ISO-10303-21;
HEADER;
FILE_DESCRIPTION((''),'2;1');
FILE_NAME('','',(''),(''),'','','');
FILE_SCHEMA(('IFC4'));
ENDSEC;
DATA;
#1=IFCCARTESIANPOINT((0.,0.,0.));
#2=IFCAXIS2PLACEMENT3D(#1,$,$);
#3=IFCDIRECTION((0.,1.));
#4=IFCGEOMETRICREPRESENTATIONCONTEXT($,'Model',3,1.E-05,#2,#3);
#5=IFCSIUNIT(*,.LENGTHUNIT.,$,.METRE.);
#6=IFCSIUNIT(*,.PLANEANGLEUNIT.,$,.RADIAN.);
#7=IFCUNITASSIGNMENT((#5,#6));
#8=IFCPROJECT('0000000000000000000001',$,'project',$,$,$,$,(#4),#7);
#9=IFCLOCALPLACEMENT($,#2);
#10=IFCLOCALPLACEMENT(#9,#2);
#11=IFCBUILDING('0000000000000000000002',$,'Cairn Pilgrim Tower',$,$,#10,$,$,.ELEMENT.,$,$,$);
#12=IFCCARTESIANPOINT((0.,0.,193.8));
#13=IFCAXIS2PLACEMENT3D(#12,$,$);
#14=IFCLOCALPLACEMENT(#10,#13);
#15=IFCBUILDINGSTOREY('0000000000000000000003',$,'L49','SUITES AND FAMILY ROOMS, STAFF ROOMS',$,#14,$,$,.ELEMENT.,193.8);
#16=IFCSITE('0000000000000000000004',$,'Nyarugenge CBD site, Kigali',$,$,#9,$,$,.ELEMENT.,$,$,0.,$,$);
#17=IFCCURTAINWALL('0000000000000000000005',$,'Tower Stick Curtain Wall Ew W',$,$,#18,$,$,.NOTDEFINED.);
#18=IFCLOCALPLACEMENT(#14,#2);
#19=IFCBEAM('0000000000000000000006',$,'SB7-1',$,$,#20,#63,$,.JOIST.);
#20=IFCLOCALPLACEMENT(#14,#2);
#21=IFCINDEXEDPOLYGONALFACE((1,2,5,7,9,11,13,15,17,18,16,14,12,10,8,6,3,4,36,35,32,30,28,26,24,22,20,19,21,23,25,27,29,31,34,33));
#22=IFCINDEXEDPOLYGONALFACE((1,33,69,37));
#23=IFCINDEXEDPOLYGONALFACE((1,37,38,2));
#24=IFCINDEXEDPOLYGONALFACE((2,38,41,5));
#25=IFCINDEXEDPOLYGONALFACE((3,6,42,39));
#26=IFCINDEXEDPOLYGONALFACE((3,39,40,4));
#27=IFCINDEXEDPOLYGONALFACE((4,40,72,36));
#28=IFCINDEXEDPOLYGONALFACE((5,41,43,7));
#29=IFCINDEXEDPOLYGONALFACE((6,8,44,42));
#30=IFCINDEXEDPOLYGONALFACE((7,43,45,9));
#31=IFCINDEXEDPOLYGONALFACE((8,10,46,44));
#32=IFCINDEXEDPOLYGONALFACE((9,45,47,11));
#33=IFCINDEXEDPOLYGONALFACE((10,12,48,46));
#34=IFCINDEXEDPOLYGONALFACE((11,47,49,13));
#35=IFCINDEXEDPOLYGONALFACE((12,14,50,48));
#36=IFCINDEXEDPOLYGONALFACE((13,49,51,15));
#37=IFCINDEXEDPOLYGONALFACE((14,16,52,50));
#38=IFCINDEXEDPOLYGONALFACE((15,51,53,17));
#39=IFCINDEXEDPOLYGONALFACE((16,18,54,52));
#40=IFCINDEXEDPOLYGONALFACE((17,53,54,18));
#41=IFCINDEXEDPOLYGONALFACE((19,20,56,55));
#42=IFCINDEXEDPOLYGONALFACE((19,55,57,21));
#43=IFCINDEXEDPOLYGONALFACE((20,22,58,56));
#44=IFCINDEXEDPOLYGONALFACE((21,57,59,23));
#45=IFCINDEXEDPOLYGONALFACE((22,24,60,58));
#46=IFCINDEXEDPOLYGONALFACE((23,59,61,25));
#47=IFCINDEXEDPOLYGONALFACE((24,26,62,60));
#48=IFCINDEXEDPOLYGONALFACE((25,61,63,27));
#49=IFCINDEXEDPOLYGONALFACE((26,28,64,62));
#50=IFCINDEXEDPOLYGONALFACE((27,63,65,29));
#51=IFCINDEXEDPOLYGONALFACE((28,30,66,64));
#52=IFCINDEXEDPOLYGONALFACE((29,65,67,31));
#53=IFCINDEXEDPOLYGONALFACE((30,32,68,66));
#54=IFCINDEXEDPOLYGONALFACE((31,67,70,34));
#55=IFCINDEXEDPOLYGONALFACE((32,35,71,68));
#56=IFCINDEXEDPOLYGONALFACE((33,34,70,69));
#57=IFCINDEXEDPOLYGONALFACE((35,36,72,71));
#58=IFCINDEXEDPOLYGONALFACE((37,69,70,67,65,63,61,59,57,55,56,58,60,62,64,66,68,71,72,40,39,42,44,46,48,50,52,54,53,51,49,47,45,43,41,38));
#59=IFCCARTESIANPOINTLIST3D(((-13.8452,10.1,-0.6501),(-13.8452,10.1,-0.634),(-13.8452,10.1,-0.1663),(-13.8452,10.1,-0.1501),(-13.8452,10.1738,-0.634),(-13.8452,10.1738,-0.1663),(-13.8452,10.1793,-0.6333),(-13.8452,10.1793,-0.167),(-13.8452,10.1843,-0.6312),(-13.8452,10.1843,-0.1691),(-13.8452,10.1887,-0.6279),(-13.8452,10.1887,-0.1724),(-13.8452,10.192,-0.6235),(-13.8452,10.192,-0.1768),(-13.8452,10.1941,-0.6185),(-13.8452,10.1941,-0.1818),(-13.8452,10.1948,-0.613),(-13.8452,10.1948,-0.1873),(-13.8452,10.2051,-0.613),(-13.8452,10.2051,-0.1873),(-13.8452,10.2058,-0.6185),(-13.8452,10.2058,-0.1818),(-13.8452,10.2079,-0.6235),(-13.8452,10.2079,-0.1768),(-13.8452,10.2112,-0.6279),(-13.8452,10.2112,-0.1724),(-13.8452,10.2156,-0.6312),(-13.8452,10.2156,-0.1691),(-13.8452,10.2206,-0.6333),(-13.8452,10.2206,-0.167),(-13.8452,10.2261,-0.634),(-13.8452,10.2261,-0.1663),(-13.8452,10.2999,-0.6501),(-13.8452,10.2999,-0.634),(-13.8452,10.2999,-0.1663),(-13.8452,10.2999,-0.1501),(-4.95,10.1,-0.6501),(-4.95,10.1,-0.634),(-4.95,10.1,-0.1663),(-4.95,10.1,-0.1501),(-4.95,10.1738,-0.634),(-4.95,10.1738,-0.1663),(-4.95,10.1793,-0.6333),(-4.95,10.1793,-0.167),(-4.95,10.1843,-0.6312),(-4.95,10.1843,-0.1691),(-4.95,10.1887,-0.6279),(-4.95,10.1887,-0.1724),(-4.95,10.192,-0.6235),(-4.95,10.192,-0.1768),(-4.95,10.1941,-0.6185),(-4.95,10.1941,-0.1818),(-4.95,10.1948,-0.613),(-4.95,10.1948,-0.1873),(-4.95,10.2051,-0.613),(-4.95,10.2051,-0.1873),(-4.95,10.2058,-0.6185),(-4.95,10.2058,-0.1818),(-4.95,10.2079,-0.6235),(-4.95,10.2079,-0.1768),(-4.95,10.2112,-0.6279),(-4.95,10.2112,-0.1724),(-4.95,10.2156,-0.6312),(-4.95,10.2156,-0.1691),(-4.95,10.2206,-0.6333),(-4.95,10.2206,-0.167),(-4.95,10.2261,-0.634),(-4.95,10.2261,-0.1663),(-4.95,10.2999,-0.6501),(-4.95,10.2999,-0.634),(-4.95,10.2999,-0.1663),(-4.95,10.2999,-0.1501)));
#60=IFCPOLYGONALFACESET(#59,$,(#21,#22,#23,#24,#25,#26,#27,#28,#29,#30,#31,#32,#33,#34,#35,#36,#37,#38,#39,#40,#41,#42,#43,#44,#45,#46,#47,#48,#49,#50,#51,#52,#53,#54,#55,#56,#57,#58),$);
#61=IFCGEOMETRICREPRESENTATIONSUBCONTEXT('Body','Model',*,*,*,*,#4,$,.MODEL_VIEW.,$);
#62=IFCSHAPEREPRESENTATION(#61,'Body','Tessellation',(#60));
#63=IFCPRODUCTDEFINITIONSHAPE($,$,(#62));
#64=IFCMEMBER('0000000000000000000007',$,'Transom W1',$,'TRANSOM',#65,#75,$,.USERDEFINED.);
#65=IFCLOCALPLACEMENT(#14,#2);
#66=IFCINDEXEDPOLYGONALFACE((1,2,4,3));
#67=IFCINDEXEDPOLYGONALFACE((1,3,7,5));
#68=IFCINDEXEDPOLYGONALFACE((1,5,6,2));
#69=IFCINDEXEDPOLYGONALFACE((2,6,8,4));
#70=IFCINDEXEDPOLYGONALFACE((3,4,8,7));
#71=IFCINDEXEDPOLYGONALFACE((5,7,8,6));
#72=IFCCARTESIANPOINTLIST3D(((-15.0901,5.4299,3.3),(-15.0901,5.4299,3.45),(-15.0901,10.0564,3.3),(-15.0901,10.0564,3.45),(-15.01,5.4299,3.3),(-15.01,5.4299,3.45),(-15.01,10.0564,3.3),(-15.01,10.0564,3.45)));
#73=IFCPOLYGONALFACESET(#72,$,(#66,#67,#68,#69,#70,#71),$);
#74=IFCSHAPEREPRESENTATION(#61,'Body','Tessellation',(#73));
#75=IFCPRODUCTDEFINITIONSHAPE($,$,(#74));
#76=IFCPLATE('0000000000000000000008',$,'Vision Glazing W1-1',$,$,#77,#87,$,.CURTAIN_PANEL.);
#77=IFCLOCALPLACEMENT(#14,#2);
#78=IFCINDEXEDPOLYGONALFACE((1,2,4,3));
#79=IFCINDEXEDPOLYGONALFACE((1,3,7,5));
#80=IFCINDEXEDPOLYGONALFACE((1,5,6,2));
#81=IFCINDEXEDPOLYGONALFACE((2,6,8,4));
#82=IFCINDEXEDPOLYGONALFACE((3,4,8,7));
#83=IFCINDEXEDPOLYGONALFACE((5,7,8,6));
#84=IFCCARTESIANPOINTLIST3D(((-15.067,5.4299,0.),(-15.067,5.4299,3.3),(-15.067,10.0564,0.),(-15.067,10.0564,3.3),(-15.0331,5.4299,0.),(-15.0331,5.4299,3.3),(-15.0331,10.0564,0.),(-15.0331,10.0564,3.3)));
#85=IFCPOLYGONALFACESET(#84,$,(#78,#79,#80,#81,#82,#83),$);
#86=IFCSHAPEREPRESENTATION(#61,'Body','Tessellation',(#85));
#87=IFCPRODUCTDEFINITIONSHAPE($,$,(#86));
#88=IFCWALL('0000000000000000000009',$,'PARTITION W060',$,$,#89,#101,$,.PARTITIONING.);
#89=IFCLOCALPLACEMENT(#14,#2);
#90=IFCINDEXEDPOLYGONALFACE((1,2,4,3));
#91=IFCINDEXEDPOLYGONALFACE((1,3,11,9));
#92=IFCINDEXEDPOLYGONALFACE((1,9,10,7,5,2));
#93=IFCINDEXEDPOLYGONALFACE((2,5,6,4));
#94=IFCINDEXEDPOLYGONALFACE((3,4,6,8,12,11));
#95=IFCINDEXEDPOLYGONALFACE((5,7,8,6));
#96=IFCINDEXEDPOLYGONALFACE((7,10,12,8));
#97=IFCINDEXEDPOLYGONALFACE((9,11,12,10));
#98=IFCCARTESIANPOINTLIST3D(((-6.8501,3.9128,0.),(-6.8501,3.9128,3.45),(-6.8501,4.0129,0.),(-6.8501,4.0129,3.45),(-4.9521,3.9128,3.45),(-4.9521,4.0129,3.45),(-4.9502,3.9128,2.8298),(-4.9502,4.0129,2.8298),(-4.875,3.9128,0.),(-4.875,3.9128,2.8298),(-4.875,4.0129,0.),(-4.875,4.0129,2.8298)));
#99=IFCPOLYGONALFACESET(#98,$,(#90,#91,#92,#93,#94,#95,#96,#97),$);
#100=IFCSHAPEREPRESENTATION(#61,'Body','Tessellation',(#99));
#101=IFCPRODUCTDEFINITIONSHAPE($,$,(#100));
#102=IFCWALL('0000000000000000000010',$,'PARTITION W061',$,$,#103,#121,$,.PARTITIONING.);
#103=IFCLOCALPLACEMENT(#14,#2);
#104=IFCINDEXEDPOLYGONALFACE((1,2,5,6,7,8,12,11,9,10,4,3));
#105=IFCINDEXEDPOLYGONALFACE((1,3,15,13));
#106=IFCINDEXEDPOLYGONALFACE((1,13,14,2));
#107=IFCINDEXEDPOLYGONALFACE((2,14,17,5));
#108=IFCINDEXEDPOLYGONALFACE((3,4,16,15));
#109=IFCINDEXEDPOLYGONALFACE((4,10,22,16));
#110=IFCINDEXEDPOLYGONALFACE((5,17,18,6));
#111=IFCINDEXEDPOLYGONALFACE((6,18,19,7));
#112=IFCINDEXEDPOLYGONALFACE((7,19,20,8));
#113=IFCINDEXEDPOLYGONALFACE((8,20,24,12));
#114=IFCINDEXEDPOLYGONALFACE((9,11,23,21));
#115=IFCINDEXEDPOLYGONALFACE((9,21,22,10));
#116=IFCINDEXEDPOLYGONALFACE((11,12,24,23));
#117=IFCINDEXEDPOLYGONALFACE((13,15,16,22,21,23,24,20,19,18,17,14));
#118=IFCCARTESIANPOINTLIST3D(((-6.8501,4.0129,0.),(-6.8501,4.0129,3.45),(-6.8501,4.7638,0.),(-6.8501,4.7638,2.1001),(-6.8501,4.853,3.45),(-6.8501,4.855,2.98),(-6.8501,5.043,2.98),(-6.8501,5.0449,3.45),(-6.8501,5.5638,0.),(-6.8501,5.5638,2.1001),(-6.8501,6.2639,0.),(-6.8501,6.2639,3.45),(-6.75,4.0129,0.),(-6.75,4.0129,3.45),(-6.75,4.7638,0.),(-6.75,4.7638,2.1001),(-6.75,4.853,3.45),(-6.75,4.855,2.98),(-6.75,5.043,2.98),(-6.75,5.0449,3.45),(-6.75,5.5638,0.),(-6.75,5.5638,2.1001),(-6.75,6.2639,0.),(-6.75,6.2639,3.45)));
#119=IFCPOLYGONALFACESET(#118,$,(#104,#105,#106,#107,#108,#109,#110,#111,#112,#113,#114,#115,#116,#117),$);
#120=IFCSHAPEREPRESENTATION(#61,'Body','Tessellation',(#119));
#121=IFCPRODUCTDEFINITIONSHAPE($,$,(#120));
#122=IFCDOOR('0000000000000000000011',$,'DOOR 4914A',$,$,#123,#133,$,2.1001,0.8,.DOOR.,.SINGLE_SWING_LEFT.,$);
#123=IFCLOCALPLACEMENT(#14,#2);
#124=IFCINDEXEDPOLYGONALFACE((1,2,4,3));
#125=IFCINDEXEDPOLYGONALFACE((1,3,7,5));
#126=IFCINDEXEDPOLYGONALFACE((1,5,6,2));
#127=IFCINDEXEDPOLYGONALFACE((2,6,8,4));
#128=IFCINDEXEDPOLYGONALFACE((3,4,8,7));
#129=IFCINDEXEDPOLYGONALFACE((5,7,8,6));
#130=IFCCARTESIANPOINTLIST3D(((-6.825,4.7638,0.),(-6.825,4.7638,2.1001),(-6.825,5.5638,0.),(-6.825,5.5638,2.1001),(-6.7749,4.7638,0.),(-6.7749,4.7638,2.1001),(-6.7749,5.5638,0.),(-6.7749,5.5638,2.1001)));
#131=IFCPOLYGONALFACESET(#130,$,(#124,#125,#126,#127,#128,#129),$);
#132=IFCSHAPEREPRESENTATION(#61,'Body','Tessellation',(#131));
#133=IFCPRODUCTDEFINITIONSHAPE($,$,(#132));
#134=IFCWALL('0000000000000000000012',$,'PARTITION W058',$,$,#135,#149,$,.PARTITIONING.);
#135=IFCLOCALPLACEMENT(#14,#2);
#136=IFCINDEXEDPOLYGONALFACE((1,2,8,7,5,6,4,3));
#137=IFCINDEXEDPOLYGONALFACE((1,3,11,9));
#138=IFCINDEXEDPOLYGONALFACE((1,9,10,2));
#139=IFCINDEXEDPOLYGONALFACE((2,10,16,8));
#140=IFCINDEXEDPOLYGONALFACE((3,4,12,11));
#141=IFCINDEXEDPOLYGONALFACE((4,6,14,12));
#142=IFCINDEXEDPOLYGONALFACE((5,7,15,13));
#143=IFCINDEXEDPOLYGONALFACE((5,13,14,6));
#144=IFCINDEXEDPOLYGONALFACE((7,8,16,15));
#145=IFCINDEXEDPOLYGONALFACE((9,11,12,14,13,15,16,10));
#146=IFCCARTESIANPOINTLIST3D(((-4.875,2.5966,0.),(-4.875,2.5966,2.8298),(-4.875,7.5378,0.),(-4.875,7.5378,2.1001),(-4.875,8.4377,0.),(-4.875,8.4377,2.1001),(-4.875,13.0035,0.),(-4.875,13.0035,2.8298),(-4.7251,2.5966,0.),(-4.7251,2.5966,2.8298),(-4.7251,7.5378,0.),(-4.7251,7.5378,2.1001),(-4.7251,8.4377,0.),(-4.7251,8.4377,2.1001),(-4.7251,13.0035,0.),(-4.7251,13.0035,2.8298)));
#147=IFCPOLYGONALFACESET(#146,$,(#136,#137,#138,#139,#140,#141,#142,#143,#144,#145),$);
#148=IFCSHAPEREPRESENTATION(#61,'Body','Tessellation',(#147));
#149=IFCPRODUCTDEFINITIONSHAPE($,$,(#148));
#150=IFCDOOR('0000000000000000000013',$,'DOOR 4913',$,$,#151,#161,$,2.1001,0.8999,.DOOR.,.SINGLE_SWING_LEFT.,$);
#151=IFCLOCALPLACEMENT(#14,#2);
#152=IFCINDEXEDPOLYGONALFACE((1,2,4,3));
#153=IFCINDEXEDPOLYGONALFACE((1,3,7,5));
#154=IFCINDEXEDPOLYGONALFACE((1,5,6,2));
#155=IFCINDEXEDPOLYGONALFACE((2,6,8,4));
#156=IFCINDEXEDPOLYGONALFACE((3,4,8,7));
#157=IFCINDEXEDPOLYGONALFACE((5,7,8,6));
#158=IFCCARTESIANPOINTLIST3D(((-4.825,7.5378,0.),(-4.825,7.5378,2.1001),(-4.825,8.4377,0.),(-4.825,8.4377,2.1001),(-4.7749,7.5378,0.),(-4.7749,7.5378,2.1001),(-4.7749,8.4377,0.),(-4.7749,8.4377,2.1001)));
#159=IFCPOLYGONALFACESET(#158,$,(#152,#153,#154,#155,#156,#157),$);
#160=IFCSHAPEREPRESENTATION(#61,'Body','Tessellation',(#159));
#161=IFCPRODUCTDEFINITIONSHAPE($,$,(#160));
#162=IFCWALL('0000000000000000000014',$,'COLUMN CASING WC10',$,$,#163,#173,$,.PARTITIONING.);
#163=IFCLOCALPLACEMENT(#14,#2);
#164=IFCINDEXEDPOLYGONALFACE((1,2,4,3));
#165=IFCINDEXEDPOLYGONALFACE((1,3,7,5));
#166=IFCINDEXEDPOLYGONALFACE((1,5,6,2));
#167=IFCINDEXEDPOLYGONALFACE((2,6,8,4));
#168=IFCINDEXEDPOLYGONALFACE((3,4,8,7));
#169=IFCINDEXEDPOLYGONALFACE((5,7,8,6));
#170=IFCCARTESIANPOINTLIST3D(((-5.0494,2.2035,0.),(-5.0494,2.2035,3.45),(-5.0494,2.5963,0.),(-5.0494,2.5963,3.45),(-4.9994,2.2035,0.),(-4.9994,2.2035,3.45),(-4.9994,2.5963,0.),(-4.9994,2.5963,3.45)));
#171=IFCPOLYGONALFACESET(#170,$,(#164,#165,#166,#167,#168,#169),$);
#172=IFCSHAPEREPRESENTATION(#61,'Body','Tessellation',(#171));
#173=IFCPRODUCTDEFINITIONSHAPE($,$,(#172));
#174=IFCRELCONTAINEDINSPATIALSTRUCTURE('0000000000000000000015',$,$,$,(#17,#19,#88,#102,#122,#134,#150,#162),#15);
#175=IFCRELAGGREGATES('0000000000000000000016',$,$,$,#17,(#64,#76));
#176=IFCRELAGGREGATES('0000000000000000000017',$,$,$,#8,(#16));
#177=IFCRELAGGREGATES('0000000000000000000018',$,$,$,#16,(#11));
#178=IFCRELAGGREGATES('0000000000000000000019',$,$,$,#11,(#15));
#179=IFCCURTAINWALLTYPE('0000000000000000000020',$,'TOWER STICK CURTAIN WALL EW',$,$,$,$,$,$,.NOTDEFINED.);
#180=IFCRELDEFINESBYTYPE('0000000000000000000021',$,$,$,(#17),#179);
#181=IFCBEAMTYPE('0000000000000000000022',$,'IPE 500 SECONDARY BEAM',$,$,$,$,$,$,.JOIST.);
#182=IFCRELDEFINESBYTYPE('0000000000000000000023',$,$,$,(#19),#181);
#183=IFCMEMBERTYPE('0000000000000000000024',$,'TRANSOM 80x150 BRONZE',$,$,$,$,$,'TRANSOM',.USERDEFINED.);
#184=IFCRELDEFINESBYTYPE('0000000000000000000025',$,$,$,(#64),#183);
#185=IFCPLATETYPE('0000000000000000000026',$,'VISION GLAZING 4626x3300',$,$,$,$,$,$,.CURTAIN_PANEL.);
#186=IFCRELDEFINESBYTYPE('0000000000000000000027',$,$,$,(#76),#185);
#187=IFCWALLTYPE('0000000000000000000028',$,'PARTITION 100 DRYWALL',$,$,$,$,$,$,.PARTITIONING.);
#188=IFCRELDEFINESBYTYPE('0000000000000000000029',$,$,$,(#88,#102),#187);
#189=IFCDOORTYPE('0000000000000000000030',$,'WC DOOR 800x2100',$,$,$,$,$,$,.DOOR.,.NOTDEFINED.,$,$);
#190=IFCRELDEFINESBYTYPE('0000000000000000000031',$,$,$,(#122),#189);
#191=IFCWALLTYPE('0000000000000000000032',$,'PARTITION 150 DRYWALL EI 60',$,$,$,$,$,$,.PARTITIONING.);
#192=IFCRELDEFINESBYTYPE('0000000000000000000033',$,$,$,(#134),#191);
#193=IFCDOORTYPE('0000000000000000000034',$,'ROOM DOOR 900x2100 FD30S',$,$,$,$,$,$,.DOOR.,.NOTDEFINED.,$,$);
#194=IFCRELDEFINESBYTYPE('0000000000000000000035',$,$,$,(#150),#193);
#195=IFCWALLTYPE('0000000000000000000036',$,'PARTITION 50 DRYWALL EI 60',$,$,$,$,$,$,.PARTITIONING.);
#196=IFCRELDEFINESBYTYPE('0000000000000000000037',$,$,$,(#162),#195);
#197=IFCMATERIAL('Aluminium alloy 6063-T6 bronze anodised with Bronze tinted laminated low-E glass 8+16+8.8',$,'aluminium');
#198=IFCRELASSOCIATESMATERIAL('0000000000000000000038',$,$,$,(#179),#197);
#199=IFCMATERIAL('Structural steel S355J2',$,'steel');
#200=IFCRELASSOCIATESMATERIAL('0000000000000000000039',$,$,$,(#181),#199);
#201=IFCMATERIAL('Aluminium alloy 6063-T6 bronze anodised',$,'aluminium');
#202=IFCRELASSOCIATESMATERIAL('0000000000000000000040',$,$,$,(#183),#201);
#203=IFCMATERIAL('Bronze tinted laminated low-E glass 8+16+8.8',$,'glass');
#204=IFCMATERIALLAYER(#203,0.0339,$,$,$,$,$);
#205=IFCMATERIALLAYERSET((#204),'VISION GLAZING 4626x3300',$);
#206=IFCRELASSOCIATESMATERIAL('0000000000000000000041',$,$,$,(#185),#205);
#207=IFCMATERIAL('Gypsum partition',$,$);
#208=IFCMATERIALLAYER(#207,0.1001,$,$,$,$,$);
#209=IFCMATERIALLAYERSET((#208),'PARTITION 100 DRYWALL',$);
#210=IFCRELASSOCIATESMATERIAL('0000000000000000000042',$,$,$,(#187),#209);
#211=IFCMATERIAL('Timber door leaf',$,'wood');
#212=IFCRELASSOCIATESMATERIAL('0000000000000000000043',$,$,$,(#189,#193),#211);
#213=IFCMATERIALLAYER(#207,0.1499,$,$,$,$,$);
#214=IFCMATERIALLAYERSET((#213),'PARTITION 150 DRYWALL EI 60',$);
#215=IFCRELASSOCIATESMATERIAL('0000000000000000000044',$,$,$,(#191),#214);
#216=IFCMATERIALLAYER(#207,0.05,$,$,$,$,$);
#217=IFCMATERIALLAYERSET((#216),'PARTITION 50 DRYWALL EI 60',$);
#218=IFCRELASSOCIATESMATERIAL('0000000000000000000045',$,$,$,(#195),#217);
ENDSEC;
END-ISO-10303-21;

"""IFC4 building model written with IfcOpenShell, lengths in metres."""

from ifc_helpers import new_model, si_unit, direction, frame, frame_2d, origin, origin_2d, place, context, subcontext, project, spatial, polyline, rectangle, i_section, outline, extrude, material, layer, layer_set, material_profile, profile_set, type_object, element, fill, aggregate, save


model = new_model("IFC4")

# Units and contexts
model_context = context("Model", 3, precision=1e-05, world=origin(), true_north=direction((0.0, 1.0)))
body_context = subcontext(model_context, "Body", "Model", "MODEL_VIEW")
ifc_project = project(units=[si_unit("LENGTHUNIT", "METRE"), si_unit("PLANEANGLEUNIT", "RADIAN")], contexts=[model_context])

# Site, building, storey
site_placement = place(None, origin())
site = spatial("IfcSite", under=ifc_project, at=site_placement, Name="Nyarugenge CBD site, Kigali", CompositionType="ELEMENT", RefElevation=0.0)
building_placement = place(site_placement, origin())
building = spatial("IfcBuilding", under=site, at=building_placement, Name="Cairn Pilgrim Tower", CompositionType="ELEMENT")
storey_placement = place(building_placement, frame((0.0, 0.0, 193.8)))
storey = spatial("IfcBuildingStorey", under=building, at=storey_placement, Name="L49", Description="SUITES AND FAMILY ROOMS, STAFF ROOMS", CompositionType="ELEMENT", Elevation=193.8)

# Shared definitions
ifc_material_1 = material(Name="Structural steel S355J2", Category="steel")

# Curtain wall
ifc_material_2 = material(Name="Aluminium alloy 6063-T6 bronze anodised with Bronze tinted laminated low-E glass 8+16+8.8", Category="aluminium")
curtain_wall_type = type_object("IfcCurtainWallType", Name="TOWER STICK CURTAIN WALL EW", PredefinedType="NOTDEFINED", material=ifc_material_2)
curtain_wall_placement = place(storey_placement, origin())
curtain_wall = element("IfcCurtainWall", 1, at=curtain_wall_placement, inside=storey, type_object=curtain_wall_type, Name="Tower Stick Curtain Wall Ew W", PredefinedType="NOTDEFINED")
ifc_material_3 = material(Name="Aluminium alloy 6063-T6 bronze anodised", Category="aluminium")

# Beam
ifc_material_profile_1 = material_profile(ifc_material_1, i_section(OverallWidth=0.2, OverallDepth=0.5, WebThickness=0.0103, FlangeThickness=0.0161, FilletRadius=0.021, at=origin_2d()), Name="IPE 500")
ifc_profile_set_1 = profile_set([ifc_material_profile_1], Name="Structural steel S355J2")
beam_type_1 = type_object("IfcBeamType", Name="IPE 500 SECONDARY BEAM", PredefinedType="JOIST", material=ifc_profile_set_1)
beam_1_placement = place(storey_placement, frame((-13.8452, 10.2, -0.4001), z_axis=(1.0, 0.0, 0.0), x_axis=(0.0, 1.0, 0.0)))
element("IfcBeam", 2, at=beam_1_placement, inside=storey, type_object=beam_type_1, Name="SB7-1", PredefinedType="JOIST", context=body_context, shape_type="SweptSolid", body=[
    extrude(i_section(OverallWidth=0.2, OverallDepth=0.5, WebThickness=0.0103, FlangeThickness=0.0161, FilletRadius=0.021, at=origin_2d()), origin(), (0.0, 0.0, 1.0), 8.8953),
])

# Member
ifc_material_profile_2 = material_profile(ifc_material_3, rectangle(XDim=0.0801, YDim=0.1499, at=origin_2d()), Name="TRANSOM 80x150 BRONZE")
ifc_profile_set_2 = profile_set([ifc_material_profile_2], Name="Aluminium alloy 6063-T6 bronze anodised")
member_type_1 = type_object("IfcMemberType", Name="TRANSOM 80x150 BRONZE", ElementType="TRANSOM", PredefinedType="USERDEFINED", material=ifc_profile_set_2)
member_1_placement = place(storey_placement, frame((-15.05, 10.0564, 3.375), z_axis=(0.0, -1.0, 0.0), x_axis=(1.0, 0.0, 0.0)))
member_1 = element("IfcMember", 3, at=member_1_placement, type_object=member_type_1, Name="Transom W1", ObjectType="TRANSOM", PredefinedType="USERDEFINED", context=body_context, shape_type="SweptSolid", body=[
    extrude(rectangle(XDim=0.0801, YDim=0.1499, at=origin_2d()), origin(), (0.0, 0.0, 1.0), 4.6265),
])

# Plate
ifc_material_4 = material(Name="Bronze tinted laminated low-E glass 8+16+8.8", Category="glass")
ifc_layer_1 = layer(ifc_material_4, 0.0339)
ifc_layer_set_1 = layer_set([ifc_layer_1], Name="VISION GLAZING 4626x3300")
plate_type = type_object("IfcPlateType", Name="VISION GLAZING 4626x3300", PredefinedType="CURTAIN_PANEL", material=ifc_layer_set_1)
plate_placement = place(storey_placement, frame((-15.05, 7.7432, 0.0), z_axis=(0.0, 0.0, 1.0), x_axis=(0.0, -1.0, 0.0)))
plate = element("IfcPlate", 4, at=plate_placement, type_object=plate_type, Name="Vision Glazing W1-1", PredefinedType="CURTAIN_PANEL", context=body_context, shape_type="SweptSolid", body=[
    extrude(rectangle(XDim=4.6265, YDim=0.0339, at=origin_2d()), origin(), (0.0, 0.0, 1.0), 3.3),
])
aggregate(curtain_wall, [member_1, plate])

# Wall
ifc_material_5 = material(Name="Gypsum partition")
ifc_layer_2 = layer(ifc_material_5, 0.1001)
ifc_layer_set_2 = layer_set([ifc_layer_2], Name="PARTITION 100 DRYWALL")
wall_type_1 = type_object("IfcWallType", Name="PARTITION 100 DRYWALL", PredefinedType="PARTITIONING", material=ifc_layer_set_2)
wall_1_placement = place(storey_placement, frame((-6.8501, 3.9629, 0.0), z_axis=(0.0, 0.0, 1.0), x_axis=(1.0, 0.0, 0.0)))
element("IfcWall", 5, at=wall_1_placement, inside=storey, type_object=wall_type_1, Name="PARTITION W060", PredefinedType="PARTITIONING", context=body_context, shape_type="SweptSolid", body=[
    extrude(outline(polyline([(0.0, 0.0), (1.9751, 0.0), (1.9751, 2.8298), (1.8999, 2.8298), (1.8979, 3.45), (0.0, 3.45), (0.0, 0.0)])), frame((0.0, 0.05, 0.0), z_axis=(0.0, -1.0, 0.0), x_axis=(1.0, 0.0, 0.0)), (0.0, 0.0, 1.0), 0.1001),
])

# Walls, openings, doors
wall_2_placement = place(storey_placement, frame((-6.8, 4.0129, 0.0), z_axis=(0.0, 0.0, 1.0), x_axis=(0.0, 1.0, 0.0)))
wall_2 = element("IfcWall", 6, at=wall_2_placement, inside=storey, type_object=wall_type_1, Name="PARTITION W061", PredefinedType="PARTITIONING", context=body_context, shape_type="SweptSolid", body=[
    extrude(outline(polyline([(0.0, 0.0), (2.251, 0.0), (2.251, 3.45), (1.032, 3.45), (1.03, 2.98), (0.842, 2.98), (0.8401, 3.45), (0.0, 3.45), (0.0, 0.0)])), frame((0.0, 0.05, 0.0), z_axis=(0.0, -1.0, 0.0), x_axis=(1.0, 0.0, 0.0)), (0.0, 0.0, 1.0), 0.1001),
])
opening_1_placement = place(wall_2_placement, frame((0.751, 0.0, 0.0)))
opening_1 = element("IfcOpeningElement", 7, at=opening_1_placement, cuts=wall_2, PredefinedType="OPENING", context=body_context, shape_type="SweptSolid", body=[
    extrude(rectangle(XDim=0.8, YDim=2.1001, at=frame_2d((0.3999, 1.05))), frame((0.0, 0.0601, 0.0), z_axis=(0.0, -1.0, 0.0), x_axis=(1.0, 0.0, 0.0)), (0.0, 0.0, 1.0), 0.1201),
])
ifc_material_6 = material(Name="Timber door leaf", Category="wood")
door_type_1 = type_object("IfcDoorType", Name="WC DOOR 800x2100", OperationType="NOTDEFINED", PredefinedType="DOOR", material=ifc_material_6)
door_1_placement = place(opening_1_placement, origin())
door_1 = element("IfcDoor", 8, at=door_1_placement, inside=storey, type_object=door_type_1, Name="DOOR 4914A", OperationType="SINGLE_SWING_LEFT", OverallHeight=2.1001, OverallWidth=0.8, PredefinedType="DOOR", context=body_context, shape_type="SweptSolid", body=[
    extrude(rectangle(XDim=0.8, YDim=2.1001, at=frame_2d((0.3999, 1.05))), frame((0.0, 0.0249, 0.0), z_axis=(0.0, -1.0, 0.0), x_axis=(1.0, 0.0, 0.0)), (0.0, 0.0, 1.0), 0.05),
])
fill(opening_1, door_1)
ifc_layer_3 = layer(ifc_material_5, 0.1499)
ifc_layer_set_3 = layer_set([ifc_layer_3], Name="PARTITION 150 DRYWALL EI 60")
wall_type_2 = type_object("IfcWallType", Name="PARTITION 150 DRYWALL EI 60", PredefinedType="PARTITIONING", material=ifc_layer_set_3)
wall_3_placement = place(storey_placement, frame((-4.8, 2.5964, 0.0), z_axis=(0.0, 0.0, 1.0), x_axis=(0.0, 1.0, 0.0)))
wall_3 = element("IfcWall", 9, at=wall_3_placement, inside=storey, type_object=wall_type_2, Name="PARTITION W058", PredefinedType="PARTITIONING", context=body_context, shape_type="SweptSolid", body=[
    extrude(rectangle(XDim=10.407, YDim=0.1499, at=frame_2d((5.2036, 0.0))), origin(), (0.0, 0.0, 1.0), 2.8298),
])
opening_2_placement = place(wall_3_placement, frame((4.9414, 0.0, 0.0)))
opening_2 = element("IfcOpeningElement", 10, at=opening_2_placement, cuts=wall_3, PredefinedType="OPENING", context=body_context, shape_type="SweptSolid", body=[
    extrude(rectangle(XDim=0.8999, YDim=2.1001, at=frame_2d((0.45, 1.05))), frame((0.0, 0.085, 0.0), z_axis=(0.0, -1.0, 0.0), x_axis=(1.0, 0.0, 0.0)), (0.0, 0.0, 1.0), 0.1699),
])
door_type_2 = type_object("IfcDoorType", Name="ROOM DOOR 900x2100 FD30S", OperationType="NOTDEFINED", PredefinedType="DOOR", material=ifc_material_6)
door_2_placement = place(opening_2_placement, origin())
door_2 = element("IfcDoor", 11, at=door_2_placement, inside=storey, type_object=door_type_2, Name="DOOR 4913", OperationType="SINGLE_SWING_LEFT", OverallHeight=2.1001, OverallWidth=0.8999, PredefinedType="DOOR", context=body_context, shape_type="SweptSolid", body=[
    extrude(rectangle(XDim=0.8999, YDim=2.1001, at=frame_2d((0.45, 1.05))), frame((0.0, 0.0249, 0.0), z_axis=(0.0, -1.0, 0.0), x_axis=(1.0, 0.0, 0.0)), (0.0, 0.0, 1.0), 0.05),
])
fill(opening_2, door_2)

# Wall
ifc_layer_4 = layer(ifc_material_5, 0.05)
ifc_layer_set_4 = layer_set([ifc_layer_4], Name="PARTITION 50 DRYWALL EI 60")
wall_type_3 = type_object("IfcWallType", Name="PARTITION 50 DRYWALL EI 60", PredefinedType="PARTITIONING", material=ifc_layer_set_4)
wall_4_placement = place(storey_placement, frame((-5.0244, 2.2036, 0.0), z_axis=(0.0, 0.0, 1.0), x_axis=(0.0, 1.0, 0.0)))
element("IfcWall", 12, at=wall_4_placement, inside=storey, type_object=wall_type_3, Name="COLUMN CASING WC10", PredefinedType="PARTITIONING", context=body_context, shape_type="SweptSolid", body=[
    extrude(rectangle(XDim=0.3928, YDim=0.05, at=frame_2d((0.1963, 0.0))), origin(), (0.0, 0.0, 1.0), 3.45),
])

save(model, "model.ifc")
